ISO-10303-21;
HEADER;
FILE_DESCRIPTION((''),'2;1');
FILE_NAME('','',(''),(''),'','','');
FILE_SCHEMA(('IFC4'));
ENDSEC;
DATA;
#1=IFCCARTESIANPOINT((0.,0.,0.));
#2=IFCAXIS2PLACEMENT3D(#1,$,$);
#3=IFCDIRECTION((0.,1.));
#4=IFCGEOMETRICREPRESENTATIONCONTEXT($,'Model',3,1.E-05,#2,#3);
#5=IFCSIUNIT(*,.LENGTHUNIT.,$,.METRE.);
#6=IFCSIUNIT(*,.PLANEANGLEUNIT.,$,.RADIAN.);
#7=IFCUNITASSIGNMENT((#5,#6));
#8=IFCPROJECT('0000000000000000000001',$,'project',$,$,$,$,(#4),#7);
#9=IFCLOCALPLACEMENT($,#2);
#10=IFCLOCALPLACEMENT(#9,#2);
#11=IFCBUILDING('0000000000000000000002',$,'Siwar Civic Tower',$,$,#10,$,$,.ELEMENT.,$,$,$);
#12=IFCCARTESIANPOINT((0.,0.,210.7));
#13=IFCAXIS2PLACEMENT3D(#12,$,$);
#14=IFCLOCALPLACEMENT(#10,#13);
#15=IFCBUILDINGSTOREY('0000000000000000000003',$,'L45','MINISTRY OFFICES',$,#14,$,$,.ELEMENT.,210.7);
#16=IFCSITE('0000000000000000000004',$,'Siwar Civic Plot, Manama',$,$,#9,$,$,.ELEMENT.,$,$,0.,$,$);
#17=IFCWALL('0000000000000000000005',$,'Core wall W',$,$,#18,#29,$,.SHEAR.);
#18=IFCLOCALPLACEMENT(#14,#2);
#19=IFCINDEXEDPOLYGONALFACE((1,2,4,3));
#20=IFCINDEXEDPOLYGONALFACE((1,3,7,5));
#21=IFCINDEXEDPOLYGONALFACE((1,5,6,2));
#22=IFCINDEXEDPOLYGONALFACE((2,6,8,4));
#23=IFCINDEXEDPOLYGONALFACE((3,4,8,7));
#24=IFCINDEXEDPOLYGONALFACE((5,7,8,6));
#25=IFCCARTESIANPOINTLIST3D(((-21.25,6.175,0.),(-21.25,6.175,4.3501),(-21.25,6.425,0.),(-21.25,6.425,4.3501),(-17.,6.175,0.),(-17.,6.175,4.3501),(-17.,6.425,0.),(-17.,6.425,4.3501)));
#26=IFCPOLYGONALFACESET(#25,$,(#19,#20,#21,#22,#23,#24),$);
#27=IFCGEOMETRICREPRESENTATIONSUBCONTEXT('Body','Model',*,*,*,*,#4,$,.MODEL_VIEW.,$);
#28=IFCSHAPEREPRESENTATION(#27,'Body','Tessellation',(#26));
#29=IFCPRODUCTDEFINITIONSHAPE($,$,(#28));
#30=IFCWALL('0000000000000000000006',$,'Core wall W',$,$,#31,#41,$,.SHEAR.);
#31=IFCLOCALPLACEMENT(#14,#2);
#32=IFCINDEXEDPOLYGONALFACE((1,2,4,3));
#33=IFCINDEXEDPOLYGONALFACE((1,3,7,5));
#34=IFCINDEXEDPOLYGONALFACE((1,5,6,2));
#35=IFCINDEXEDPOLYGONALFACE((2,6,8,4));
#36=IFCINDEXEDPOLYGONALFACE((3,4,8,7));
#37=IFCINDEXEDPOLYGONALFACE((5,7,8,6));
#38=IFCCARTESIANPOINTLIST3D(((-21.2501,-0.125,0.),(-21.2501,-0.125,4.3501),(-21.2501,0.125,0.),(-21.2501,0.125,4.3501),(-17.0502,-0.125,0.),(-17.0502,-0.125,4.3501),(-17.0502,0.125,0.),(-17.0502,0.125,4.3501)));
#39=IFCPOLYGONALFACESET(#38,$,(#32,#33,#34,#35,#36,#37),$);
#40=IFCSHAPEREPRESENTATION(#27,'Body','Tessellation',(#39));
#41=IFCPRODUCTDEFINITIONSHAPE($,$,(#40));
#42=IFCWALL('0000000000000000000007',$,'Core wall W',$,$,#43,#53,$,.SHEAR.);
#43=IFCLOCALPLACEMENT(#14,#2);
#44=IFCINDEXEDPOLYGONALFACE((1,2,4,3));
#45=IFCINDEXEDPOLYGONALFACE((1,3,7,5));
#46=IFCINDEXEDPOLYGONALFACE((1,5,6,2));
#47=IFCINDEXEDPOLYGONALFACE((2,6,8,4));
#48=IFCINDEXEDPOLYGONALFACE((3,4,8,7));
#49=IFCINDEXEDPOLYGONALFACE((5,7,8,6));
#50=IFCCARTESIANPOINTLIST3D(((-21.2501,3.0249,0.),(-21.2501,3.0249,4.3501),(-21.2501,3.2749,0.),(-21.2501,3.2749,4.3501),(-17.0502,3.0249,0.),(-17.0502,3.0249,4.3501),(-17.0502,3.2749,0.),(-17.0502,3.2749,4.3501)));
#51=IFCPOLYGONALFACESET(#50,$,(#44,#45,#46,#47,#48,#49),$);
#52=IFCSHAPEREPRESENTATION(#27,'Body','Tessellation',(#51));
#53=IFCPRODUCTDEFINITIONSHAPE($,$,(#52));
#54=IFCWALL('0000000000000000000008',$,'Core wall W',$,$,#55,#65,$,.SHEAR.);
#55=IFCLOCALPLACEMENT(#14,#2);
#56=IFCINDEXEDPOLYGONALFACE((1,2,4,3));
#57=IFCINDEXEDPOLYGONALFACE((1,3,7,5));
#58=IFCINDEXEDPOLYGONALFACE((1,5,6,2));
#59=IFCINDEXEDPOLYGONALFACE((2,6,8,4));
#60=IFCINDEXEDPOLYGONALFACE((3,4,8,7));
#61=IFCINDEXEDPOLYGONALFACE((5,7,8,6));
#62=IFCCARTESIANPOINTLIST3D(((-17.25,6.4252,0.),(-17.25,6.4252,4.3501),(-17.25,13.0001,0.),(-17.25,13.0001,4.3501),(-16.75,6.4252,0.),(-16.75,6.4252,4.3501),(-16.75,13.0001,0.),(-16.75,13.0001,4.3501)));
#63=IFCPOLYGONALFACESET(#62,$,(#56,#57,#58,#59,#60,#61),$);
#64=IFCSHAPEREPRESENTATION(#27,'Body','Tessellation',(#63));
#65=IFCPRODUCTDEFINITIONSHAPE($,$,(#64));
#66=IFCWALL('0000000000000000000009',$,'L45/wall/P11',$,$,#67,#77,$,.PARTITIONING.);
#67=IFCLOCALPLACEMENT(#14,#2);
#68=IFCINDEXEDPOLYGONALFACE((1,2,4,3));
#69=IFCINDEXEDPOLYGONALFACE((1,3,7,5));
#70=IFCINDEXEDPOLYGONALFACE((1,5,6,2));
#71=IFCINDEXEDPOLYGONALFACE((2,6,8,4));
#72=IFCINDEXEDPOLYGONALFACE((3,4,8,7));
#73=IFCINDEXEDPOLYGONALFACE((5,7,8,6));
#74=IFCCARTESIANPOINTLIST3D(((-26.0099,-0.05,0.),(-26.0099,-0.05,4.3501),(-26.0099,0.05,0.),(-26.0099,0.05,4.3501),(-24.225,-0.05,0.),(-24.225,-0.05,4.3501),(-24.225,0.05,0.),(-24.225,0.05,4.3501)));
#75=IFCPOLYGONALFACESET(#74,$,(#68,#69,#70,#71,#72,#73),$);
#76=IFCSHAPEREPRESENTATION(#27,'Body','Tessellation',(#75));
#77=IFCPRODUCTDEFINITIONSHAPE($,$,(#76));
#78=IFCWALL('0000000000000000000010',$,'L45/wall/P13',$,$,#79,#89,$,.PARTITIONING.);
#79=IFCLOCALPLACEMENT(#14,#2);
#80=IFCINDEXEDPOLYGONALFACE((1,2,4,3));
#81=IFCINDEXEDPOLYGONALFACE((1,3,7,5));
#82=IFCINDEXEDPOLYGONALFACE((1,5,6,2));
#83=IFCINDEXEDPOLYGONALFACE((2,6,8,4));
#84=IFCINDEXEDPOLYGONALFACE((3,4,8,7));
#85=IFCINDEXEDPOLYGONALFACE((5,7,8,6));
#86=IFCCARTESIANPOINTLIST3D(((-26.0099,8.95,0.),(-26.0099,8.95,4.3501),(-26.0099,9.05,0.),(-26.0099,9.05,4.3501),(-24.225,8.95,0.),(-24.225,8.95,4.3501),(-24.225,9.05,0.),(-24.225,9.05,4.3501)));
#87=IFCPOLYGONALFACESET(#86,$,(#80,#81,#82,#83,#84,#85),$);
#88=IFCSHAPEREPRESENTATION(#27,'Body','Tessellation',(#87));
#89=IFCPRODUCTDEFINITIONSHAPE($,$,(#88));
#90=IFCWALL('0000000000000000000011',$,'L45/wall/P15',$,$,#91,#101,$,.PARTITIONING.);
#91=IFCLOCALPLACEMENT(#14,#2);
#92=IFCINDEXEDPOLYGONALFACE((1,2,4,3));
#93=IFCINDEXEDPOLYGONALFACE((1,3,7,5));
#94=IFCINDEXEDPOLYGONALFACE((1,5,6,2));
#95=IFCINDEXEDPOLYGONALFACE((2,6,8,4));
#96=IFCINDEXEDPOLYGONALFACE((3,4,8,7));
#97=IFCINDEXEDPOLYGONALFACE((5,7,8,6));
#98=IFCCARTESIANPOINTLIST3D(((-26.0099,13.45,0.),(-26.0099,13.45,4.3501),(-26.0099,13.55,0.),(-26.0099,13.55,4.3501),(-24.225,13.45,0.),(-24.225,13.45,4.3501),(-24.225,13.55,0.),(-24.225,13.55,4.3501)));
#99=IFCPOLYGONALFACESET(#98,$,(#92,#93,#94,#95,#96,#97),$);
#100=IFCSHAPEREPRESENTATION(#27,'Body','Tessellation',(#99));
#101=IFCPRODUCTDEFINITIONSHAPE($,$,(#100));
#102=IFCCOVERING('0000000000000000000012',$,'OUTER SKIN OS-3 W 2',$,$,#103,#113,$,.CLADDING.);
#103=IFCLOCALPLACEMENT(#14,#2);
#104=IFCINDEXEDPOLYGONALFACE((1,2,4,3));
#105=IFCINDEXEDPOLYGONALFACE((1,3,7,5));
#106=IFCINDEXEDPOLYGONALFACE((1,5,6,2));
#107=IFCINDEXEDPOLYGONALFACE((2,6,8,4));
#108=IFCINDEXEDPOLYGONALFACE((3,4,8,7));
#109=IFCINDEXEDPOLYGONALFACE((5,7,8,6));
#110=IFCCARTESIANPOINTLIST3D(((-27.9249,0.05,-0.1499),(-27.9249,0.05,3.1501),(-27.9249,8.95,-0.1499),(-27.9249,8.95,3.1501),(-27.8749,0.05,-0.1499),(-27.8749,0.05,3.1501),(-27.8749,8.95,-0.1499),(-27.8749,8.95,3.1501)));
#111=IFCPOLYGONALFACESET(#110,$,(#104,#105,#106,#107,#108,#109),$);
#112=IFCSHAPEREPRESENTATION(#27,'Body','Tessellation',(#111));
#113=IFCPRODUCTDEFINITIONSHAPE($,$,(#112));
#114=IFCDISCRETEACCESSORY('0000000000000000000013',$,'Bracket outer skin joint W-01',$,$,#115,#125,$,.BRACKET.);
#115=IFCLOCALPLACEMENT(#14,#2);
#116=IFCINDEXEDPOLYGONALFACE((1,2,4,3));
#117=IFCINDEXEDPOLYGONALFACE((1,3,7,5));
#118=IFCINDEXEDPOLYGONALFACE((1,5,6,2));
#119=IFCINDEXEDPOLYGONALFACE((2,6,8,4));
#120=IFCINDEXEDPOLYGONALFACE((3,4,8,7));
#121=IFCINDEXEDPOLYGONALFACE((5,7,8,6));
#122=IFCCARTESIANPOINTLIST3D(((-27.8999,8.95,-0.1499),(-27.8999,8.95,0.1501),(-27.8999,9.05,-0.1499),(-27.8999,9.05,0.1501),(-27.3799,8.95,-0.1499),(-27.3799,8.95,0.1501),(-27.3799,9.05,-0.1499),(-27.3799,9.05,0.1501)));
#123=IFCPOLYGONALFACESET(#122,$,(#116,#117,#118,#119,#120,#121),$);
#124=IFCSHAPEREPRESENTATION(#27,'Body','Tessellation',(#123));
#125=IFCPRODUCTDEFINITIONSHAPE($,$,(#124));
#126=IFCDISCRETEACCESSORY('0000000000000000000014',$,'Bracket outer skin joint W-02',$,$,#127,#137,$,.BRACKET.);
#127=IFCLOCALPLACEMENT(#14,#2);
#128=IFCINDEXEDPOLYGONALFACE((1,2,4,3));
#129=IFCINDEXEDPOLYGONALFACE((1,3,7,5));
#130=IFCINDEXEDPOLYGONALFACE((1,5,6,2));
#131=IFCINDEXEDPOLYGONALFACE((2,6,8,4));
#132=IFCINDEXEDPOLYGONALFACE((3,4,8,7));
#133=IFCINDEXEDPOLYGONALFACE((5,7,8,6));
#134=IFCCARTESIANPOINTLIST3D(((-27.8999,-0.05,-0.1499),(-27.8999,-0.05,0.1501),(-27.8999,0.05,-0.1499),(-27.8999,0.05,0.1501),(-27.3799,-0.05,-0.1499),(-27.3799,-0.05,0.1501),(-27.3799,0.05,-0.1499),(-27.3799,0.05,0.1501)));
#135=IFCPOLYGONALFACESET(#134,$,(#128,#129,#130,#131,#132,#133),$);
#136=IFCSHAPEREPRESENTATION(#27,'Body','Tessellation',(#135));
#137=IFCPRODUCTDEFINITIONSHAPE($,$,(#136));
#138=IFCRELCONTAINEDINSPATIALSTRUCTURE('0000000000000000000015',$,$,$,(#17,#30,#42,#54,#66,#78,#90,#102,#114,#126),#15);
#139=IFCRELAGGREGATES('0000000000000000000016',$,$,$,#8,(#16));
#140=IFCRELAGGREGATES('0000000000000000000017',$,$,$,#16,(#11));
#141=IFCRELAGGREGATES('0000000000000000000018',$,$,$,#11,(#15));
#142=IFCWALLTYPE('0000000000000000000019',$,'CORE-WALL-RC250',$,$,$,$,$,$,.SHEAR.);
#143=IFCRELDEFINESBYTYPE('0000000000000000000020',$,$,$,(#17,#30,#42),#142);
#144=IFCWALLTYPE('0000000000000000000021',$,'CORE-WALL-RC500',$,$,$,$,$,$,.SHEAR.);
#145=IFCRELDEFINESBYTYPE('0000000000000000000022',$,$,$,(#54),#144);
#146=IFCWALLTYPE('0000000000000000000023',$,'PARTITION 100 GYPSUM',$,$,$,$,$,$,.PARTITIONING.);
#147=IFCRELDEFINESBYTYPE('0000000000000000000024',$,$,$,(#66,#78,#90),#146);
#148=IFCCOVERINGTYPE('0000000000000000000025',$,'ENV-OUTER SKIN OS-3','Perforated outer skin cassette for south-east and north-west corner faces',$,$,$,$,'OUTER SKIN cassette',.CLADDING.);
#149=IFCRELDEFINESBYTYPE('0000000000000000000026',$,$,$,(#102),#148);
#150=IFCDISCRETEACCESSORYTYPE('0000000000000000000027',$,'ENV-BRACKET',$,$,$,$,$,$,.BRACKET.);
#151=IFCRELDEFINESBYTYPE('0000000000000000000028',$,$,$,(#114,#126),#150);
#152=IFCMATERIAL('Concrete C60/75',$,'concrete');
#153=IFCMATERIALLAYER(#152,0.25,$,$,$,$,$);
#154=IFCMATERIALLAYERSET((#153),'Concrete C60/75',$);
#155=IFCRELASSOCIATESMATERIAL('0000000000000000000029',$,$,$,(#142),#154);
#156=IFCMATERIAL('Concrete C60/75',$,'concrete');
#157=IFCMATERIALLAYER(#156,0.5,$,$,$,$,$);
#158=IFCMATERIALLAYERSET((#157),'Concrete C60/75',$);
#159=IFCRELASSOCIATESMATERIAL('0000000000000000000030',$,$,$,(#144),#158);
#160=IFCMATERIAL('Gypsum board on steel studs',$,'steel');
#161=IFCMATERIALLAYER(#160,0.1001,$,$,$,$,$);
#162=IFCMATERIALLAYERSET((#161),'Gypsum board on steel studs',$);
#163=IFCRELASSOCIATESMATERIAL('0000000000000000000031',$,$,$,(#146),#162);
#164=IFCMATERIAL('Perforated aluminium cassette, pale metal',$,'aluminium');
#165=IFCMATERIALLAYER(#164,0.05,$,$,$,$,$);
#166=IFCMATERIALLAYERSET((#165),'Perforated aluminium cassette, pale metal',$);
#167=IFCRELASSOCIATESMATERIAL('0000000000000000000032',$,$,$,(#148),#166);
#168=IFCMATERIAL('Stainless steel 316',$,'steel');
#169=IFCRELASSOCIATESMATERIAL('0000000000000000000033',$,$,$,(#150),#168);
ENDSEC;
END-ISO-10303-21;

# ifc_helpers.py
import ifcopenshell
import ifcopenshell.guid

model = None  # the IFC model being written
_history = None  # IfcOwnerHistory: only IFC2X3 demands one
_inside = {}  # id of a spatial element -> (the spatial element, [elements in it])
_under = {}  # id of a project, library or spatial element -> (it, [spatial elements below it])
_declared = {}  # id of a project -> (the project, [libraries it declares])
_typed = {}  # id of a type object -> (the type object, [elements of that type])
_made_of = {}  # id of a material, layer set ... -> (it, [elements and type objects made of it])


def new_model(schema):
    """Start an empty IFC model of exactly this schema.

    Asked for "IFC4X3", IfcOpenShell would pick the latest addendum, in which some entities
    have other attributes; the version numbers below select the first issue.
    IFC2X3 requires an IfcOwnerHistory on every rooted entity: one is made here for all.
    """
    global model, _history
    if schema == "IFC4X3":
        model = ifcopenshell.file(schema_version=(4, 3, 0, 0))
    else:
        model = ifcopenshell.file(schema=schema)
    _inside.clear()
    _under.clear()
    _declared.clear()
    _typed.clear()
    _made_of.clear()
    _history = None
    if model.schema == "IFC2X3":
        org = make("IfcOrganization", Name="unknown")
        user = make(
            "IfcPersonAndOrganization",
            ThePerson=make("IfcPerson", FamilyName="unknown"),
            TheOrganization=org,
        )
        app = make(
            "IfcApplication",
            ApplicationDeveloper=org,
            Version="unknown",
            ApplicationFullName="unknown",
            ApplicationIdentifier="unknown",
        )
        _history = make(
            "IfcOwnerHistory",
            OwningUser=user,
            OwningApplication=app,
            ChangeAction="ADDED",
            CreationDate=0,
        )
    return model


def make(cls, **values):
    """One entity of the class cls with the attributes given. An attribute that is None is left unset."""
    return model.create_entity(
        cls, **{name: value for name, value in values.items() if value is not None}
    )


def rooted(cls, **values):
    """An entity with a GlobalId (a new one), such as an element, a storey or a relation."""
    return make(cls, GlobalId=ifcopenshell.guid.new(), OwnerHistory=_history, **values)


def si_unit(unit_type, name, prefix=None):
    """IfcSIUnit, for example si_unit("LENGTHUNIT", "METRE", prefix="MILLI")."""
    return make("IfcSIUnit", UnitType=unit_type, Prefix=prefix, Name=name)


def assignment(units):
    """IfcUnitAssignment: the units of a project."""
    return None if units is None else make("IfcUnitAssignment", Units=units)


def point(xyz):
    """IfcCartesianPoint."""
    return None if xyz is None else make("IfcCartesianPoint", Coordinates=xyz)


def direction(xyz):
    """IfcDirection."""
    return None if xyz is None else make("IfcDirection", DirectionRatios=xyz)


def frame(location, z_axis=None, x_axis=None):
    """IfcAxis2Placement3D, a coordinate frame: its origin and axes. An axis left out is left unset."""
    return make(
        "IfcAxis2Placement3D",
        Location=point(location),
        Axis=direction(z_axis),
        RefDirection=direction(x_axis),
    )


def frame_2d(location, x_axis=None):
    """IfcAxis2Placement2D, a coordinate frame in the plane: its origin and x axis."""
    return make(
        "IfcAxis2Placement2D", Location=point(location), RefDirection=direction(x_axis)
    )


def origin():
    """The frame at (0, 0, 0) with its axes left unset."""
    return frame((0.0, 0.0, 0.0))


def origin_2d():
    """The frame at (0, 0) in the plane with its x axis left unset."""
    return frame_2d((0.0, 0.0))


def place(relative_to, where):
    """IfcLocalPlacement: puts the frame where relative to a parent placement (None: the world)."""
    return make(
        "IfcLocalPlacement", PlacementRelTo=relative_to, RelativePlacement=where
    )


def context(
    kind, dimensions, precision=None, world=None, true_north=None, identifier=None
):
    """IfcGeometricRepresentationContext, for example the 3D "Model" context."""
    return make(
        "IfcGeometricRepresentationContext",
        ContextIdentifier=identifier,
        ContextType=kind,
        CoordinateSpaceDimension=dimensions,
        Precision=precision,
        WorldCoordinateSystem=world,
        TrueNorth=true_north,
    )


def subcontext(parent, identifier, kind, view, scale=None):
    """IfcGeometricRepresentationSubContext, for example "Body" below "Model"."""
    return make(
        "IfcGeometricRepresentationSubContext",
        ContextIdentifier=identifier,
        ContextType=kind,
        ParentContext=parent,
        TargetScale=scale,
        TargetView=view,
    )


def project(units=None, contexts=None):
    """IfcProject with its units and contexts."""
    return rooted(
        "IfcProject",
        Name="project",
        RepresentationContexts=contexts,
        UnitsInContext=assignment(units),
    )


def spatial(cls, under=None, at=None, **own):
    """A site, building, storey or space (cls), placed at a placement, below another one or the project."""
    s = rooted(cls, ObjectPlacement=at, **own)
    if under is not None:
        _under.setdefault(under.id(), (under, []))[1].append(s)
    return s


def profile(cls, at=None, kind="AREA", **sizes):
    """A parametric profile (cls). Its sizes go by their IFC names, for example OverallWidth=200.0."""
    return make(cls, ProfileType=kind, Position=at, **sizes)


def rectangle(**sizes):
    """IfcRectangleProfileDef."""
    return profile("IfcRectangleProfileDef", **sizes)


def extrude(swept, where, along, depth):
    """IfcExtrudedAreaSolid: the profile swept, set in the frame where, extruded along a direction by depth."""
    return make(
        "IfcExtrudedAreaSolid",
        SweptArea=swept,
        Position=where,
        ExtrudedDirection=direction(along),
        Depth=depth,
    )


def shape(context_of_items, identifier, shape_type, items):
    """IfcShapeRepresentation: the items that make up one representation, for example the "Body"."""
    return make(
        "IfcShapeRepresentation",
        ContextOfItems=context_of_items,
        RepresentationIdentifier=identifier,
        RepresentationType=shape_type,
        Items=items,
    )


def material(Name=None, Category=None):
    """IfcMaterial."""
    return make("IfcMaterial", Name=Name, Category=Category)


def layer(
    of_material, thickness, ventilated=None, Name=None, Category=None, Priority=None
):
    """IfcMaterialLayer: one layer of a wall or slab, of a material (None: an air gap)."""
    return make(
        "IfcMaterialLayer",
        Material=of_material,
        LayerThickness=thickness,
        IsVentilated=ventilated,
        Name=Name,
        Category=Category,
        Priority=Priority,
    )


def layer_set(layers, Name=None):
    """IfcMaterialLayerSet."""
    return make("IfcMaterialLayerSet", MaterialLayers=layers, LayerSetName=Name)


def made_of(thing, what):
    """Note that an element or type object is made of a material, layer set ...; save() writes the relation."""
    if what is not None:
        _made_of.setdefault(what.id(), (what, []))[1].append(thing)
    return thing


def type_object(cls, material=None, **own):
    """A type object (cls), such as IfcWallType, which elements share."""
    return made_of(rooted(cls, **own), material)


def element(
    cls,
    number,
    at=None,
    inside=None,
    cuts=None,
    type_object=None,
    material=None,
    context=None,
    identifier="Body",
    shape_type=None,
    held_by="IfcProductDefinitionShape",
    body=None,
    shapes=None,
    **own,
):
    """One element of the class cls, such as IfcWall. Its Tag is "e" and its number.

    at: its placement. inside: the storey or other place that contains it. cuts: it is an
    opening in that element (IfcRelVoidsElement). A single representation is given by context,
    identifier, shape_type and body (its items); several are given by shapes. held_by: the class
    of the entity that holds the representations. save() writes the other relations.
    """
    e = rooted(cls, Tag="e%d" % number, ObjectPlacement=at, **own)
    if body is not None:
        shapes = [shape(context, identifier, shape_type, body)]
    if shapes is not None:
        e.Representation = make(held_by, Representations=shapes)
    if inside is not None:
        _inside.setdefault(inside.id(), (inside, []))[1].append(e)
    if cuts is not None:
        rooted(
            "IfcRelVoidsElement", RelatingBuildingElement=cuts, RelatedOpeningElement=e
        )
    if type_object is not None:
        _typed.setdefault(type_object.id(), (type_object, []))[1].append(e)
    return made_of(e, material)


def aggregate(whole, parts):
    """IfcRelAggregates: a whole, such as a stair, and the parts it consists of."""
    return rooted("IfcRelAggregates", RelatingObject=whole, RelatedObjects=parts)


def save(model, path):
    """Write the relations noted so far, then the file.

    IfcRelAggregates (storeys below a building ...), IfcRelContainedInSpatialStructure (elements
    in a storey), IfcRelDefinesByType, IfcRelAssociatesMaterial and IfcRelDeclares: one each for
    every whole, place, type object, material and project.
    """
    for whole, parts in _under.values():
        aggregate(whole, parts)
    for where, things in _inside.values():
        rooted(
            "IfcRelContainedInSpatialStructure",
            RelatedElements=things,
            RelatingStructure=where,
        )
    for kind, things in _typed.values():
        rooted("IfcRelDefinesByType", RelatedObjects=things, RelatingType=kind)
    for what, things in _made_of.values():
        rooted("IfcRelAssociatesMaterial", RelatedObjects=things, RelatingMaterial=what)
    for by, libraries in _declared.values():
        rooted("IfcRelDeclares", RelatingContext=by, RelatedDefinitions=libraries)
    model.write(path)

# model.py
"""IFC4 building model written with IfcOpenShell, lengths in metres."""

from ifc_helpers import new_model, si_unit, direction, frame, frame_2d, origin, origin_2d, place, context, subcontext, project, spatial, rectangle, extrude, material, layer, layer_set, type_object, element, save


model = new_model("IFC4")

# Units and contexts
model_context = context("Model", 3, precision=1e-05, world=origin(), true_north=direction((0.0, 1.0)))
body_context = subcontext(model_context, "Body", "Model", "MODEL_VIEW")
ifc_project = project(units=[si_unit("LENGTHUNIT", "METRE"), si_unit("PLANEANGLEUNIT", "RADIAN")], contexts=[model_context])

# Site, building, storey
site_placement = place(None, origin())
site = spatial("IfcSite", under=ifc_project, at=site_placement, Name="Siwar Civic Plot, Manama", CompositionType="ELEMENT", RefElevation=0.0)
building_placement = place(site_placement, origin())
building = spatial("IfcBuilding", under=site, at=building_placement, Name="Siwar Civic Tower", CompositionType="ELEMENT")
storey_placement = place(building_placement, frame((0.0, 0.0, 210.7)))
storey = spatial("IfcBuildingStorey", under=building, at=storey_placement, Name="L45", Description="MINISTRY OFFICES", CompositionType="ELEMENT", Elevation=210.7)

# Walls
ifc_material_1 = material(Name="Concrete C60/75", Category="concrete")
ifc_layer_1 = layer(ifc_material_1, 0.25)
ifc_layer_set_1 = layer_set([ifc_layer_1], Name="Concrete C60/75")
wall_type_1 = type_object("IfcWallType", Name="CORE-WALL-RC250", PredefinedType="SHEAR", material=ifc_layer_set_1)
wall_1_placement = place(storey_placement, frame((-17.0, 6.3, 0.0), z_axis=(0.0, 0.0, 1.0), x_axis=(-1.0, 0.0, 0.0)))
element("IfcWall", 1, at=wall_1_placement, inside=storey, type_object=wall_type_1, Name="Core wall W", PredefinedType="SHEAR", context=body_context, shape_type="SweptSolid", body=[
    extrude(rectangle(XDim=4.25, YDim=0.25, at=frame_2d((2.125, 0.0))), origin(), (0.0, 0.0, 1.0), 4.3501),
])
for number, where, z_axis, x_axis, name in (
    (2, (-17.05, 0.0, 0.0), (0.0, 0.0, 1.0), (-1.0, 0.0, 0.0), "Core wall W"),
    (3, (-17.05, 3.1499, 0.0), (0.0, 0.0, 1.0), (-1.0, 0.0, 0.0), "Core wall W"),
):
    element("IfcWall", number, at=place(storey_placement, frame(where, z_axis=z_axis, x_axis=x_axis)), inside=storey, type_object=wall_type_1, Name=name, PredefinedType="SHEAR", context=body_context, shape_type="SweptSolid", body=[
        extrude(rectangle(XDim=4.2, YDim=0.25, at=frame_2d((2.1001, 0.0))), origin(), (0.0, 0.0, 1.0), 4.3501),
    ])
ifc_material_2 = material(Name="Concrete C60/75", Category="concrete")
ifc_layer_2 = layer(ifc_material_2, 0.5)
ifc_layer_set_2 = layer_set([ifc_layer_2], Name="Concrete C60/75")
wall_type_2 = type_object("IfcWallType", Name="CORE-WALL-RC500", PredefinedType="SHEAR", material=ifc_layer_set_2)
wall_2_placement = place(storey_placement, frame((-17.0, 6.425, 0.0), z_axis=(0.0, 0.0, 1.0), x_axis=(0.0, 1.0, 0.0)))
element("IfcWall", 4, at=wall_2_placement, inside=storey, type_object=wall_type_2, Name="Core wall W", PredefinedType="SHEAR", context=body_context, shape_type="SweptSolid", body=[
    extrude(rectangle(XDim=6.575, YDim=0.5, at=frame_2d((3.2876, 0.0))), origin(), (0.0, 0.0, 1.0), 4.3501),
])
ifc_material_3 = material(Name="Gypsum board on steel studs", Category="steel")
ifc_layer_3 = layer(ifc_material_3, 0.1001)
ifc_layer_set_3 = layer_set([ifc_layer_3], Name="Gypsum board on steel studs")
wall_type_3 = type_object("IfcWallType", Name="PARTITION 100 GYPSUM", PredefinedType="PARTITIONING", material=ifc_layer_set_3)
for number, where, z_axis, x_axis, name in (
    (5, (-26.01, 0.0, 0.0), (0.0, 0.0, 1.0), (1.0, 0.0, 0.0), "L45/wall/P11"),
    (6, (-26.01, 9.0, 0.0), (0.0, 0.0, 1.0), (1.0, 0.0, 0.0), "L45/wall/P13"),
    (7, (-26.01, 13.5, 0.0), (0.0, 0.0, 1.0), (1.0, 0.0, 0.0), "L45/wall/P15"),
):
    element("IfcWall", number, at=place(storey_placement, frame(where, z_axis=z_axis, x_axis=x_axis)), inside=storey, type_object=wall_type_3, Name=name, PredefinedType="PARTITIONING", context=body_context, shape_type="SweptSolid", body=[
        extrude(rectangle(XDim=1.7849, YDim=0.1001, at=frame_2d((0.8926, 0.0))), origin(), (0.0, 0.0, 1.0), 4.3501),
    ])

# Covering
ifc_material_4 = material(Name="Perforated aluminium cassette, pale metal", Category="aluminium")
ifc_layer_4 = layer(ifc_material_4, 0.05)
ifc_layer_set_4 = layer_set([ifc_layer_4], Name="Perforated aluminium cassette, pale metal")
covering_type = type_object("IfcCoveringType", Name="ENV-OUTER SKIN OS-3", Description="Perforated outer skin cassette for south-east and north-west corner faces", ElementType="OUTER SKIN cassette", PredefinedType="CLADDING", material=ifc_layer_set_4)
covering_placement = place(storey_placement, frame((-27.8999, 4.5, -0.1499), z_axis=(0.0, 0.0, 1.0), x_axis=(0.0, -1.0, 0.0)))
element("IfcCovering", 8, at=covering_placement, inside=storey, type_object=covering_type, Name="OUTER SKIN OS-3 W 2", PredefinedType="CLADDING", context=body_context, shape_type="SweptSolid", body=[
    extrude(rectangle(XDim=8.8999, YDim=0.05, at=origin_2d()), origin(), (0.0, 0.0, 1.0), 3.3),
])

# Discrete accessories
ifc_material_5 = material(Name="Stainless steel 316", Category="steel")
discrete_accessory_type = type_object("IfcDiscreteAccessoryType", Name="ENV-BRACKET", PredefinedType="BRACKET", material=ifc_material_5)
for number, where, z_axis, x_axis, name in (
    (9, (-27.6399, 9.0, -0.1499), (0.0, 0.0, 1.0), (-1.0, 0.0, 0.0), "Bracket outer skin joint W-01"),
    (10, (-27.6399, 0.0, -0.1499), (0.0, 0.0, 1.0), (-1.0, 0.0, 0.0), "Bracket outer skin joint W-02"),
):
    element("IfcDiscreteAccessory", number, at=place(storey_placement, frame(where, z_axis=z_axis, x_axis=x_axis)), inside=storey, type_object=discrete_accessory_type, Name=name, PredefinedType="BRACKET", context=body_context, shape_type="SweptSolid", body=[
        extrude(rectangle(XDim=0.52, YDim=0.1001, at=origin_2d()), origin(), (0.0, 0.0, 1.0), 0.3),
    ])

save(model, "model.ifc")
